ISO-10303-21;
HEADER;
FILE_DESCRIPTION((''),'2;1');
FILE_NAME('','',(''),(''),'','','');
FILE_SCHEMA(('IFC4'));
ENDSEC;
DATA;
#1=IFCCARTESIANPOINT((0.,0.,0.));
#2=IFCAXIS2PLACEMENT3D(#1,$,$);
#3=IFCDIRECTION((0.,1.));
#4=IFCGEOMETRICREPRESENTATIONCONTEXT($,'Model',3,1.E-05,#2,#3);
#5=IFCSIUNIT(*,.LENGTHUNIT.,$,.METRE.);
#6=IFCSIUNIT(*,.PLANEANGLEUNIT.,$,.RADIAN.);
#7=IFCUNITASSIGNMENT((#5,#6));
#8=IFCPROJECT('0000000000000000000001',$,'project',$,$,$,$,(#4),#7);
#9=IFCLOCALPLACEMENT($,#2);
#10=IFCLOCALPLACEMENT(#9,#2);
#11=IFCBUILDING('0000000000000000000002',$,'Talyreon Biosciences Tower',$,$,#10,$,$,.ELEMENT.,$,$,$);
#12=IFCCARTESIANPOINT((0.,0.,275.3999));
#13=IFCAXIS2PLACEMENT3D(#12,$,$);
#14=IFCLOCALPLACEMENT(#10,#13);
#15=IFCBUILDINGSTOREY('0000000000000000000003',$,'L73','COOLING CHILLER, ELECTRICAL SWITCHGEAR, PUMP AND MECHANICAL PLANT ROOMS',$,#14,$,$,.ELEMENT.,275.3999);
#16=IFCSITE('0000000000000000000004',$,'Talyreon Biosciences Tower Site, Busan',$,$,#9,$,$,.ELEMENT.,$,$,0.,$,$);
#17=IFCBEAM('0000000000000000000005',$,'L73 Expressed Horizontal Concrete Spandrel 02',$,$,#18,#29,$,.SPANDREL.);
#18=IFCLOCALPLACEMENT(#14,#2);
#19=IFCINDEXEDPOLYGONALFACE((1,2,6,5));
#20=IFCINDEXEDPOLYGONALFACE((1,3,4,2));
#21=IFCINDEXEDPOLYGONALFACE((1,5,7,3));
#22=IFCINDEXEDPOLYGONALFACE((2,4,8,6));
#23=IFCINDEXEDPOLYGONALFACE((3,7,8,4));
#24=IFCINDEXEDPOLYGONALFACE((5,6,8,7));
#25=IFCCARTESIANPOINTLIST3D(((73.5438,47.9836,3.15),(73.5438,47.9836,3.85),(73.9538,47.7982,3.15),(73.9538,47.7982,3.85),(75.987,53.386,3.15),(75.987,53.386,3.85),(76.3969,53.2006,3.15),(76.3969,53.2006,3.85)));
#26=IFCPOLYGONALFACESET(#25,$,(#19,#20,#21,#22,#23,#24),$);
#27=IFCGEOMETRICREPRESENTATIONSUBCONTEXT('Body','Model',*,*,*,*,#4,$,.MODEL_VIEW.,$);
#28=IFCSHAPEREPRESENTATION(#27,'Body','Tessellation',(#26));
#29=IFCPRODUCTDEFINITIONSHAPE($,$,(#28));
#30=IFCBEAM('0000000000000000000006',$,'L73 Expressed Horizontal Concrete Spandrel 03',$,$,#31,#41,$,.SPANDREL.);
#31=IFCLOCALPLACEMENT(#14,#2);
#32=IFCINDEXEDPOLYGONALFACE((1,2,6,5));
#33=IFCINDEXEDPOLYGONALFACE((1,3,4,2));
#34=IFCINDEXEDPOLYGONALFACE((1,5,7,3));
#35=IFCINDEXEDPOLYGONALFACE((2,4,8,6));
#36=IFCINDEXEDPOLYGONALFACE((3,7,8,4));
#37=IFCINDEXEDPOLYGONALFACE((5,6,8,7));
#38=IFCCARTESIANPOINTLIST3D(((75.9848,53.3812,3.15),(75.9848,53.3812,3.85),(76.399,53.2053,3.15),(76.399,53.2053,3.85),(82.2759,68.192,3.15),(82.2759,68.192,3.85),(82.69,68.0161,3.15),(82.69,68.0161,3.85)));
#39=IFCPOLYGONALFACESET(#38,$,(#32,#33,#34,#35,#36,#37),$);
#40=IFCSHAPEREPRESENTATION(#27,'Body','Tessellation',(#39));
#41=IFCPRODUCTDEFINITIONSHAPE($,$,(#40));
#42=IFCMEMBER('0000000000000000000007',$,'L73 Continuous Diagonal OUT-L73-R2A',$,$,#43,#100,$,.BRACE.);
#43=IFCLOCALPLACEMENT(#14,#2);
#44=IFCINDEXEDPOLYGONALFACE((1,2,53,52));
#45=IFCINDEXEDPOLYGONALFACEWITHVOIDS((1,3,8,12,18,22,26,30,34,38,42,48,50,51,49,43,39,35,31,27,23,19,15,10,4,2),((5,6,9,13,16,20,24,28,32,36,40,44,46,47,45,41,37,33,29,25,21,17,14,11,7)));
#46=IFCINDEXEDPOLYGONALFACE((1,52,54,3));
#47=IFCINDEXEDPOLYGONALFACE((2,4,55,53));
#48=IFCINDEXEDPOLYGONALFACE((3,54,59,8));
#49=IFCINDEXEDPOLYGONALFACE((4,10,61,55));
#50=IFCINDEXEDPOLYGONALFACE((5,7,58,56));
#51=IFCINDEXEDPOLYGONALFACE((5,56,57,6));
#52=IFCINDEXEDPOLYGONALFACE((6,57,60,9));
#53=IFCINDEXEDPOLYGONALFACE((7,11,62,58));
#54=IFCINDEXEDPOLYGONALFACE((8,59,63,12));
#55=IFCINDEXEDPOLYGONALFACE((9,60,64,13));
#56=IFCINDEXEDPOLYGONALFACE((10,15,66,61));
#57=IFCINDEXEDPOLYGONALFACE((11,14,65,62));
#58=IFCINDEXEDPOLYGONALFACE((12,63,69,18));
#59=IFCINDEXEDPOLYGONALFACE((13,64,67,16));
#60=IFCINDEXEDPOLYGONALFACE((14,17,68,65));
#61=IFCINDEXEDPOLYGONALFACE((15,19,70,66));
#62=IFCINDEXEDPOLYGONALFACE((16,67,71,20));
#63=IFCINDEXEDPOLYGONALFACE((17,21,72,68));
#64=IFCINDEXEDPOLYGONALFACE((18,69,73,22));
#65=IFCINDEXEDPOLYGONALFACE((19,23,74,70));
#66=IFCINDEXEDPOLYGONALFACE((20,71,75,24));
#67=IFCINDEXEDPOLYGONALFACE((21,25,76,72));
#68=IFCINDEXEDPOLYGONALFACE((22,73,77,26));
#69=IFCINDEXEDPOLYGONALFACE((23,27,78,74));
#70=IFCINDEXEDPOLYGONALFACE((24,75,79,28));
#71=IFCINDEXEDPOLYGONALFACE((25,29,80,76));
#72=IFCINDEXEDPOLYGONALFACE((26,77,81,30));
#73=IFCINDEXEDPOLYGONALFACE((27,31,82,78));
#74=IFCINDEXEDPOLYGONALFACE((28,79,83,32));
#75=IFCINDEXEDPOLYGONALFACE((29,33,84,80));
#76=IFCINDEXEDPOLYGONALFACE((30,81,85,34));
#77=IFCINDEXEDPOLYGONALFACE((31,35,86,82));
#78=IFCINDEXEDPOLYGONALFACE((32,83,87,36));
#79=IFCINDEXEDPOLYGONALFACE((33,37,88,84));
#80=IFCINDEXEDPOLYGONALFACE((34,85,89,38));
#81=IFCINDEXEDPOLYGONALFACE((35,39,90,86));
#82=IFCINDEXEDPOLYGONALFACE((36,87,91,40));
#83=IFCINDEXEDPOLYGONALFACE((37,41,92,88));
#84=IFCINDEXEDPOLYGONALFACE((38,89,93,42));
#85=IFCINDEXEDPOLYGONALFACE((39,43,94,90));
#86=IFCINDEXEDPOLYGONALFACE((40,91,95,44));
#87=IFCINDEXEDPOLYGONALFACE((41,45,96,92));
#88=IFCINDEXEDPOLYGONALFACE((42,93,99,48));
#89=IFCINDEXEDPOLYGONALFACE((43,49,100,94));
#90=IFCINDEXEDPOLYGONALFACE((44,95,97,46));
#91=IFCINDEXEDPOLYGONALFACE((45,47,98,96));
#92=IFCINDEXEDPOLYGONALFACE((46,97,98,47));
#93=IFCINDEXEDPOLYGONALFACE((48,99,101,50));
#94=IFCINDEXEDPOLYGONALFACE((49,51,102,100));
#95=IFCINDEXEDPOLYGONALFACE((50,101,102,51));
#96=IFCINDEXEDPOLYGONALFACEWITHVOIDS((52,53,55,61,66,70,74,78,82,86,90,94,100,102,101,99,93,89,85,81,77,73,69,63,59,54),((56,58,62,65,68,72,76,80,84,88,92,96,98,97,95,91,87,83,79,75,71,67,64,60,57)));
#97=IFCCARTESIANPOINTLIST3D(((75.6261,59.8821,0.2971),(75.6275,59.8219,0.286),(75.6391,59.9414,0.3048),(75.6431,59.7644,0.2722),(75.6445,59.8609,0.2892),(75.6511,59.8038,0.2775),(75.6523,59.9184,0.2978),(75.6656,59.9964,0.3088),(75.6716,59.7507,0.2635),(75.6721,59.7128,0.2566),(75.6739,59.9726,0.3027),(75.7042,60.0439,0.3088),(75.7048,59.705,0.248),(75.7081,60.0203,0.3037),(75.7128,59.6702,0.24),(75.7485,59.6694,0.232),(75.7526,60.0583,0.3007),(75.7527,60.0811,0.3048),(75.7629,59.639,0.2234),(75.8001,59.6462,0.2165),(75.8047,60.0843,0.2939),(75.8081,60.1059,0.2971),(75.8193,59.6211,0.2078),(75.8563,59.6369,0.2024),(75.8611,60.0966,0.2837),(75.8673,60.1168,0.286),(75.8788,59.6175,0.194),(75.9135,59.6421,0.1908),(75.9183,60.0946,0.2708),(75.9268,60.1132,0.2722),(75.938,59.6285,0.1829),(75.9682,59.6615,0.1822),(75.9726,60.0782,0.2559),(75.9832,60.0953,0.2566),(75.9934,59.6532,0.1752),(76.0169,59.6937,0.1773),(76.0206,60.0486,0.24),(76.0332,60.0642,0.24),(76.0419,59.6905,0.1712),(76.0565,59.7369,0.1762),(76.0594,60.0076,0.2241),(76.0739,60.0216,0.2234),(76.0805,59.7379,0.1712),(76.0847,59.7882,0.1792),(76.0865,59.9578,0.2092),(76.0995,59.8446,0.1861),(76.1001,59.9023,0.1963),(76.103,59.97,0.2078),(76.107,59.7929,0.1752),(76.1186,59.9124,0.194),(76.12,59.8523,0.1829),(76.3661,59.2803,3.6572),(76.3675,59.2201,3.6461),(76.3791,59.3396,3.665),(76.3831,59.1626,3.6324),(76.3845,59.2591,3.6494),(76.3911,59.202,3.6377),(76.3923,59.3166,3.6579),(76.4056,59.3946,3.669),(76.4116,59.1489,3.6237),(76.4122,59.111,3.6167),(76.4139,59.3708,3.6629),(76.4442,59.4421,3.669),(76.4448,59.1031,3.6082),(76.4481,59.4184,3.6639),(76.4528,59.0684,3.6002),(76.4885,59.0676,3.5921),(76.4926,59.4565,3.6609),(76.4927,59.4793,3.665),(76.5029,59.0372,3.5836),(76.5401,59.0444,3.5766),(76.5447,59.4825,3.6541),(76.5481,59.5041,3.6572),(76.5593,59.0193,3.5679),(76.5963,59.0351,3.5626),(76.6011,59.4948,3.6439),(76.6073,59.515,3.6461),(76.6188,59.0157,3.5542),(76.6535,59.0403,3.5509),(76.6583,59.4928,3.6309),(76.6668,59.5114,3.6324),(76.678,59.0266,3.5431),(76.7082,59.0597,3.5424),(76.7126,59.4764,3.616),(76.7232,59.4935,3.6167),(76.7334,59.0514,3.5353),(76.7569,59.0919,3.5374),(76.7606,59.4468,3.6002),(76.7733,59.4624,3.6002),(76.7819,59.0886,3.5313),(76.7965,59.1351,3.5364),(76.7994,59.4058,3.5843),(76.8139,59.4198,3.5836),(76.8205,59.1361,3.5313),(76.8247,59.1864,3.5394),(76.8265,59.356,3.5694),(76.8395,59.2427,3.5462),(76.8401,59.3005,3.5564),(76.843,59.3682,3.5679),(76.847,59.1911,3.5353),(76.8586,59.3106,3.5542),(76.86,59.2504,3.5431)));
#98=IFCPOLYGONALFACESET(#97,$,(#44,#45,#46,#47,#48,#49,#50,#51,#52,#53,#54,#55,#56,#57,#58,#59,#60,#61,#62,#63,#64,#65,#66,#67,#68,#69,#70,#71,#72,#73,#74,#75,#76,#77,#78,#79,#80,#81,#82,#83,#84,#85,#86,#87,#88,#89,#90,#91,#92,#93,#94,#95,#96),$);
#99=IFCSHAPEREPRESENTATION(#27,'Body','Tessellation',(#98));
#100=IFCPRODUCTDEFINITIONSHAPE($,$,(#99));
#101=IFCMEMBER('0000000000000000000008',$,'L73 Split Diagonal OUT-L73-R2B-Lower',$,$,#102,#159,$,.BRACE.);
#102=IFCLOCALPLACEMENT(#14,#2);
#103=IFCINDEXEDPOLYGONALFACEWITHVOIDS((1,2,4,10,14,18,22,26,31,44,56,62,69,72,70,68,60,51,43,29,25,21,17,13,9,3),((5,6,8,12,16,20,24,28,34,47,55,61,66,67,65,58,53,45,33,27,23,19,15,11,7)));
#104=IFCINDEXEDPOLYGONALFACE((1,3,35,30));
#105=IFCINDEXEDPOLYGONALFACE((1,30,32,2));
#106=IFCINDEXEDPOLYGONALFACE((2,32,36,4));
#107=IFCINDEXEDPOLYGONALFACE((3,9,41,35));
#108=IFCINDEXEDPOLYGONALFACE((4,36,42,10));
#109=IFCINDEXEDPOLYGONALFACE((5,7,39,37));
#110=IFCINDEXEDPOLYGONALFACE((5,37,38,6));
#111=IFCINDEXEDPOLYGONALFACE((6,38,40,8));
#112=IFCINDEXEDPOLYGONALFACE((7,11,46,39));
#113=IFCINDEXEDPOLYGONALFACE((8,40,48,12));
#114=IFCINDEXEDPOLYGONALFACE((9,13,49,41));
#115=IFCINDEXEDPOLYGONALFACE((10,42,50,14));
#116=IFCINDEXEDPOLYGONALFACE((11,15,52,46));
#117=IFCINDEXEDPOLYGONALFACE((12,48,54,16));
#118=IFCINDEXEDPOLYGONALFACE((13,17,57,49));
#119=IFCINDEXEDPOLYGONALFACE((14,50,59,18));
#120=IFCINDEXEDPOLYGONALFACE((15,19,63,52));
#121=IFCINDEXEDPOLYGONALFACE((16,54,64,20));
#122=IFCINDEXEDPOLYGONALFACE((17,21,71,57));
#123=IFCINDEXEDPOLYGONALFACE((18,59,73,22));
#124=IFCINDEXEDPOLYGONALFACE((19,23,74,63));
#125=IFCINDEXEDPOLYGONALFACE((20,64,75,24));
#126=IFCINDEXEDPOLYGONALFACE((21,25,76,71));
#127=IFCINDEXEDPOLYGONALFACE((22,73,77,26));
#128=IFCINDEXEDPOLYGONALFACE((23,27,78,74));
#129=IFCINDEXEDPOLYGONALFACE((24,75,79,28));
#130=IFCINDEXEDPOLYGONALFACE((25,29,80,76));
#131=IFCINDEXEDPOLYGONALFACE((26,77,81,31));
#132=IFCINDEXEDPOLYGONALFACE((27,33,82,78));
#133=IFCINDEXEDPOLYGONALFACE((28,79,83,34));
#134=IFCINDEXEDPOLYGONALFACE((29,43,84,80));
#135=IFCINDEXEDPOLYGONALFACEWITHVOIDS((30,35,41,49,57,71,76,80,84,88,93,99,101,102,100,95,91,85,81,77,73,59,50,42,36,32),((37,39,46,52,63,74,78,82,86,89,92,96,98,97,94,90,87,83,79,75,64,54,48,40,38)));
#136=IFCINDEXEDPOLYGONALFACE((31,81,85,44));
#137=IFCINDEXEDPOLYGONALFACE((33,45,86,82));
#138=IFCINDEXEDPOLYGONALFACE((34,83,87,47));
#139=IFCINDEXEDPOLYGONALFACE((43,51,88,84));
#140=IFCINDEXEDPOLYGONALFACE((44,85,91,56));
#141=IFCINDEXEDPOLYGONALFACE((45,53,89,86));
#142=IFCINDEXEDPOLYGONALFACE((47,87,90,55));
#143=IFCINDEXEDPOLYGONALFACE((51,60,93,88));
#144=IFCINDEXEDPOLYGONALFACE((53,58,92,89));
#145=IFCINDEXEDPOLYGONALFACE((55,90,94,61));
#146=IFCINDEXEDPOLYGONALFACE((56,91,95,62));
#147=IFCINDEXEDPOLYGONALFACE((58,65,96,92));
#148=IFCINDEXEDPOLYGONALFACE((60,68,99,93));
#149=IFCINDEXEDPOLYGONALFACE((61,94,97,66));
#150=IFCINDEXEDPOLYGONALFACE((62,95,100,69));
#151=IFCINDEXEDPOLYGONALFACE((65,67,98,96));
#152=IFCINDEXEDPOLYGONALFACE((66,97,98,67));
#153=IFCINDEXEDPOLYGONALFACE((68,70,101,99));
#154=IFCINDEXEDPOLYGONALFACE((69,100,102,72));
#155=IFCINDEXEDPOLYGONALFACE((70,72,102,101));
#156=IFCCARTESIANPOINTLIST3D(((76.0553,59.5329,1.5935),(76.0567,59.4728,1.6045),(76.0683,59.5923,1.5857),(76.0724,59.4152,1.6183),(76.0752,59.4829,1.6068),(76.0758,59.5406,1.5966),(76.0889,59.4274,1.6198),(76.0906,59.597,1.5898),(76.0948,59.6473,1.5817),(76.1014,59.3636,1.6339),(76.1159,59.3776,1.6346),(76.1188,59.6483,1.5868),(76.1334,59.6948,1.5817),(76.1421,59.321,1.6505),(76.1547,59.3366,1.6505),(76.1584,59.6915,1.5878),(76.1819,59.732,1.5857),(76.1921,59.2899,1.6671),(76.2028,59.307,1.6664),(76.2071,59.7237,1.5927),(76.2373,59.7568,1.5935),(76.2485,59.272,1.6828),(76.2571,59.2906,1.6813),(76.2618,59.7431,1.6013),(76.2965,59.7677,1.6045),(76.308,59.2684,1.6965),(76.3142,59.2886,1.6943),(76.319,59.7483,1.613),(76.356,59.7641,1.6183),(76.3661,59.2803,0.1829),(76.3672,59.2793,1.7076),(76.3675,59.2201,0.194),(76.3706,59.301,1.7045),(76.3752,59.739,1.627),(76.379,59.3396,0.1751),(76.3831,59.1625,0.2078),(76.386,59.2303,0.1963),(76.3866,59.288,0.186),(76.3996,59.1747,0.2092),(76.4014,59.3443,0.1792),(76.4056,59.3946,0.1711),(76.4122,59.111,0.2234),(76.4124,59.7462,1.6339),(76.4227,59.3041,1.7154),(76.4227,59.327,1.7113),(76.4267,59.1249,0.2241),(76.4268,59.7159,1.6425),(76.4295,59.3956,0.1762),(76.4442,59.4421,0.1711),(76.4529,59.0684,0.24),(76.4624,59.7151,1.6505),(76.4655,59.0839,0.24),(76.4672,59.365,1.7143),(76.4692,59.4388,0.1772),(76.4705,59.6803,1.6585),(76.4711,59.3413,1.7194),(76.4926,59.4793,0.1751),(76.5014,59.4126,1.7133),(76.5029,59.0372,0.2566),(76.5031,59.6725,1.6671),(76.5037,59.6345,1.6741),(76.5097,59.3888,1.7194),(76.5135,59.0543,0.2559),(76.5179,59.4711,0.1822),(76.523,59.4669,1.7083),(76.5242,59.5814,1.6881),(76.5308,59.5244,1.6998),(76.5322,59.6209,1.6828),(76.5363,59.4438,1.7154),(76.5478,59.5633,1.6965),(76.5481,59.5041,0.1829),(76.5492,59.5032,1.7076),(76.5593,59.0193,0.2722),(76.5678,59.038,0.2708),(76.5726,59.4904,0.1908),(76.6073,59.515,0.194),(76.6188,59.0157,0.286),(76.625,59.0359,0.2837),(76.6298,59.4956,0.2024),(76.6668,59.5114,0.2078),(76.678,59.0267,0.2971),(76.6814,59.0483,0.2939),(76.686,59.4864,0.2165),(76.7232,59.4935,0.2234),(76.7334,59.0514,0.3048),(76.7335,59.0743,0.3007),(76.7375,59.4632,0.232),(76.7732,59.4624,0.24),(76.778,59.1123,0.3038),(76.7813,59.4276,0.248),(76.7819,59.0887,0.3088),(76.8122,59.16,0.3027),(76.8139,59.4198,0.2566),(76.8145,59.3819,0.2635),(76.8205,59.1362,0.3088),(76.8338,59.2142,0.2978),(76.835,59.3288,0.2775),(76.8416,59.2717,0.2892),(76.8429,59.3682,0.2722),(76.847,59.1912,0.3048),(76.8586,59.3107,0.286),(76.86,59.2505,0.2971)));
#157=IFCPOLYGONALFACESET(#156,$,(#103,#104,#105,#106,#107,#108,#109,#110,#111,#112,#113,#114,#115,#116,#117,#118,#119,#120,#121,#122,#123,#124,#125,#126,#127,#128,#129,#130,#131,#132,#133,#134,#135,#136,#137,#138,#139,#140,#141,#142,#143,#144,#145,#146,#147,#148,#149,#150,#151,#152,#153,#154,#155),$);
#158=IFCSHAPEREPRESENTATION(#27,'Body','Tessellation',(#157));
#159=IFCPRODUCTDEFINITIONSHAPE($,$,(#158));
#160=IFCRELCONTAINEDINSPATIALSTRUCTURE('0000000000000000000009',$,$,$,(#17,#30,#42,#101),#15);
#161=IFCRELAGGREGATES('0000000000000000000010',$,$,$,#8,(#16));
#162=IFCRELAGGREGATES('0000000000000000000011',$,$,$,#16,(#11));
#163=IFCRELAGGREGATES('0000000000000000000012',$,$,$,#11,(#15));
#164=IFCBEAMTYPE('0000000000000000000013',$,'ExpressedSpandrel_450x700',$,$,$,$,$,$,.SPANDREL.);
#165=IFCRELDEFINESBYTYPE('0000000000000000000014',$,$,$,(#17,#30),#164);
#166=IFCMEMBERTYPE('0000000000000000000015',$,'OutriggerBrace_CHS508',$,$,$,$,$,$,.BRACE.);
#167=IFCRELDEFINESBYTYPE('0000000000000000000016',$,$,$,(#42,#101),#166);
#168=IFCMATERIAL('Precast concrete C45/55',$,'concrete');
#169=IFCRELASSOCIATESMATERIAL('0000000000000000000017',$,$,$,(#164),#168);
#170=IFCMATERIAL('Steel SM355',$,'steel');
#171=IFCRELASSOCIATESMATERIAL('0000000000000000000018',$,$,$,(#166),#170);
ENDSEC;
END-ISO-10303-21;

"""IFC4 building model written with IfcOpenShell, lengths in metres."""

from ifc_helpers import new_model, si_unit, direction, frame, origin, origin_2d, place, context, subcontext, project, spatial, rectangle, hollow_circle, extrude, material, material_profile, profile_set, type_object, element, save


model = new_model("IFC4")

# Units and contexts
model_context = context("Model", 3, precision=1e-05, world=origin(), true_north=direction((0.0, 1.0)))
body_context = subcontext(model_context, "Body", "Model", "MODEL_VIEW")
ifc_project = project(units=[si_unit("LENGTHUNIT", "METRE"), si_unit("PLANEANGLEUNIT", "RADIAN")], contexts=[model_context])

# Site, building, storey
site_placement = place(None, origin())
site = spatial("IfcSite", under=ifc_project, at=site_placement, Name="Talyreon Biosciences Tower Site, Busan", CompositionType="ELEMENT", RefElevation=0.0)
building_placement = place(site_placement, origin())
building = spatial("IfcBuilding", under=site, at=building_placement, Name="Talyreon Biosciences Tower", CompositionType="ELEMENT")
storey_placement = place(building_placement, frame((0.0, 0.0, 275.3999)))
storey = spatial("IfcBuildingStorey", under=building, at=storey_placement, Name="L73", Description="COOLING CHILLER, ELECTRICAL SWITCHGEAR, PUMP AND MECHANICAL PLANT ROOMS", CompositionType="ELEMENT", Elevation=275.3999)

# Shared definitions
ifc_material_1 = material(Name="Precast concrete C45/55", Category="concrete")

# Shared definitions
ifc_material_2 = material(Name="Steel SM355", Category="steel")

# Beams
ifc_material_profile_1 = material_profile(ifc_material_1, rectangle(XDim=0.45, YDim=0.7, at=origin_2d()), Name="RCB 450x700")
ifc_profile_set_1 = profile_set([ifc_material_profile_1], Name="Precast concrete C45/55")
beam_type_1 = type_object("IfcBeamType", Name="ExpressedSpandrel_450x700", PredefinedType="SPANDREL", material=ifc_profile_set_1)
beam_1_placement = place(storey_placement, frame((73.7488, 47.8909, 3.5), z_axis=(0.412056, 0.911159, 0.0), x_axis=(-0.911159, 0.412056, 0.0)))
element("IfcBeam", 1, at=beam_1_placement, inside=storey, type_object=beam_type_1, Name="L73 Expressed Horizontal Concrete Spandrel 02", PredefinedType="SPANDREL", context=body_context, shape_type="SweptSolid", body=[
    extrude(rectangle(XDim=0.45, YDim=0.7, at=origin_2d()), origin(), (0.0, 0.0, 1.0), 5.9292),
])
beam_2_placement = place(storey_placement, frame((76.1919, 53.2932, 3.5), z_axis=(0.390953, 0.920411, 0.0), x_axis=(-0.920411, 0.390953, 0.0)))
element("IfcBeam", 2, at=beam_2_placement, inside=storey, type_object=beam_type_1, Name="L73 Expressed Horizontal Concrete Spandrel 03", PredefinedType="SPANDREL", context=body_context, shape_type="SweptSolid", body=[
    extrude(rectangle(XDim=0.45, YDim=0.7, at=origin_2d()), origin(), (0.0, 0.0, 1.0), 16.0916),
])

# Members
ifc_material_profile_2 = material_profile(ifc_material_2, hollow_circle(Radius=0.2539, WallThickness=0.02, at=origin_2d()), Name="CHS 508x20")
ifc_profile_set_2 = profile_set([ifc_material_profile_2], Name="Steel SM355")
member_type_1 = type_object("IfcMemberType", Name="OutriggerBrace_CHS508", PredefinedType="BRACE", material=ifc_profile_set_2)
member_1_placement = place(storey_placement, frame((75.873, 59.8672, 0.24), z_axis=(0.211858, -0.172296, 0.961993), x_axis=(0.630949, 0.775824, 0.0)))
element("IfcMember", 3, at=member_1_placement, inside=storey, type_object=member_type_1, Name="L73 Continuous Diagonal OUT-L73-R2A", PredefinedType="BRACE", context=body_context, shape_type="SweptSolid", body=[
    extrude(hollow_circle(Radius=0.2539, WallThickness=0.02, at=origin_2d()), origin(), (0.0, 0.0, 1.0), 3.4929),
])
for number, where, z_axis, x_axis, name in (
    (4, (76.613, 59.2654, 0.24), (-0.21194, 0.172316, 0.961971), (-0.630845, -0.775909, 0.0), "L73 Split Diagonal OUT-L73-R2B-Lower"),
):
    element("IfcMember", number, at=place(storey_placement, frame(where, z_axis=z_axis, x_axis=x_axis)), inside=storey, type_object=member_type_1, Name=name, PredefinedType="BRACE", context=body_context, shape_type="SweptSolid", body=[
        extrude(hollow_circle(Radius=0.2539, WallThickness=0.02, at=origin_2d()), origin(), (0.0, 0.0, 1.0), 1.4663),
    ])

save(model, "model.ifc")
